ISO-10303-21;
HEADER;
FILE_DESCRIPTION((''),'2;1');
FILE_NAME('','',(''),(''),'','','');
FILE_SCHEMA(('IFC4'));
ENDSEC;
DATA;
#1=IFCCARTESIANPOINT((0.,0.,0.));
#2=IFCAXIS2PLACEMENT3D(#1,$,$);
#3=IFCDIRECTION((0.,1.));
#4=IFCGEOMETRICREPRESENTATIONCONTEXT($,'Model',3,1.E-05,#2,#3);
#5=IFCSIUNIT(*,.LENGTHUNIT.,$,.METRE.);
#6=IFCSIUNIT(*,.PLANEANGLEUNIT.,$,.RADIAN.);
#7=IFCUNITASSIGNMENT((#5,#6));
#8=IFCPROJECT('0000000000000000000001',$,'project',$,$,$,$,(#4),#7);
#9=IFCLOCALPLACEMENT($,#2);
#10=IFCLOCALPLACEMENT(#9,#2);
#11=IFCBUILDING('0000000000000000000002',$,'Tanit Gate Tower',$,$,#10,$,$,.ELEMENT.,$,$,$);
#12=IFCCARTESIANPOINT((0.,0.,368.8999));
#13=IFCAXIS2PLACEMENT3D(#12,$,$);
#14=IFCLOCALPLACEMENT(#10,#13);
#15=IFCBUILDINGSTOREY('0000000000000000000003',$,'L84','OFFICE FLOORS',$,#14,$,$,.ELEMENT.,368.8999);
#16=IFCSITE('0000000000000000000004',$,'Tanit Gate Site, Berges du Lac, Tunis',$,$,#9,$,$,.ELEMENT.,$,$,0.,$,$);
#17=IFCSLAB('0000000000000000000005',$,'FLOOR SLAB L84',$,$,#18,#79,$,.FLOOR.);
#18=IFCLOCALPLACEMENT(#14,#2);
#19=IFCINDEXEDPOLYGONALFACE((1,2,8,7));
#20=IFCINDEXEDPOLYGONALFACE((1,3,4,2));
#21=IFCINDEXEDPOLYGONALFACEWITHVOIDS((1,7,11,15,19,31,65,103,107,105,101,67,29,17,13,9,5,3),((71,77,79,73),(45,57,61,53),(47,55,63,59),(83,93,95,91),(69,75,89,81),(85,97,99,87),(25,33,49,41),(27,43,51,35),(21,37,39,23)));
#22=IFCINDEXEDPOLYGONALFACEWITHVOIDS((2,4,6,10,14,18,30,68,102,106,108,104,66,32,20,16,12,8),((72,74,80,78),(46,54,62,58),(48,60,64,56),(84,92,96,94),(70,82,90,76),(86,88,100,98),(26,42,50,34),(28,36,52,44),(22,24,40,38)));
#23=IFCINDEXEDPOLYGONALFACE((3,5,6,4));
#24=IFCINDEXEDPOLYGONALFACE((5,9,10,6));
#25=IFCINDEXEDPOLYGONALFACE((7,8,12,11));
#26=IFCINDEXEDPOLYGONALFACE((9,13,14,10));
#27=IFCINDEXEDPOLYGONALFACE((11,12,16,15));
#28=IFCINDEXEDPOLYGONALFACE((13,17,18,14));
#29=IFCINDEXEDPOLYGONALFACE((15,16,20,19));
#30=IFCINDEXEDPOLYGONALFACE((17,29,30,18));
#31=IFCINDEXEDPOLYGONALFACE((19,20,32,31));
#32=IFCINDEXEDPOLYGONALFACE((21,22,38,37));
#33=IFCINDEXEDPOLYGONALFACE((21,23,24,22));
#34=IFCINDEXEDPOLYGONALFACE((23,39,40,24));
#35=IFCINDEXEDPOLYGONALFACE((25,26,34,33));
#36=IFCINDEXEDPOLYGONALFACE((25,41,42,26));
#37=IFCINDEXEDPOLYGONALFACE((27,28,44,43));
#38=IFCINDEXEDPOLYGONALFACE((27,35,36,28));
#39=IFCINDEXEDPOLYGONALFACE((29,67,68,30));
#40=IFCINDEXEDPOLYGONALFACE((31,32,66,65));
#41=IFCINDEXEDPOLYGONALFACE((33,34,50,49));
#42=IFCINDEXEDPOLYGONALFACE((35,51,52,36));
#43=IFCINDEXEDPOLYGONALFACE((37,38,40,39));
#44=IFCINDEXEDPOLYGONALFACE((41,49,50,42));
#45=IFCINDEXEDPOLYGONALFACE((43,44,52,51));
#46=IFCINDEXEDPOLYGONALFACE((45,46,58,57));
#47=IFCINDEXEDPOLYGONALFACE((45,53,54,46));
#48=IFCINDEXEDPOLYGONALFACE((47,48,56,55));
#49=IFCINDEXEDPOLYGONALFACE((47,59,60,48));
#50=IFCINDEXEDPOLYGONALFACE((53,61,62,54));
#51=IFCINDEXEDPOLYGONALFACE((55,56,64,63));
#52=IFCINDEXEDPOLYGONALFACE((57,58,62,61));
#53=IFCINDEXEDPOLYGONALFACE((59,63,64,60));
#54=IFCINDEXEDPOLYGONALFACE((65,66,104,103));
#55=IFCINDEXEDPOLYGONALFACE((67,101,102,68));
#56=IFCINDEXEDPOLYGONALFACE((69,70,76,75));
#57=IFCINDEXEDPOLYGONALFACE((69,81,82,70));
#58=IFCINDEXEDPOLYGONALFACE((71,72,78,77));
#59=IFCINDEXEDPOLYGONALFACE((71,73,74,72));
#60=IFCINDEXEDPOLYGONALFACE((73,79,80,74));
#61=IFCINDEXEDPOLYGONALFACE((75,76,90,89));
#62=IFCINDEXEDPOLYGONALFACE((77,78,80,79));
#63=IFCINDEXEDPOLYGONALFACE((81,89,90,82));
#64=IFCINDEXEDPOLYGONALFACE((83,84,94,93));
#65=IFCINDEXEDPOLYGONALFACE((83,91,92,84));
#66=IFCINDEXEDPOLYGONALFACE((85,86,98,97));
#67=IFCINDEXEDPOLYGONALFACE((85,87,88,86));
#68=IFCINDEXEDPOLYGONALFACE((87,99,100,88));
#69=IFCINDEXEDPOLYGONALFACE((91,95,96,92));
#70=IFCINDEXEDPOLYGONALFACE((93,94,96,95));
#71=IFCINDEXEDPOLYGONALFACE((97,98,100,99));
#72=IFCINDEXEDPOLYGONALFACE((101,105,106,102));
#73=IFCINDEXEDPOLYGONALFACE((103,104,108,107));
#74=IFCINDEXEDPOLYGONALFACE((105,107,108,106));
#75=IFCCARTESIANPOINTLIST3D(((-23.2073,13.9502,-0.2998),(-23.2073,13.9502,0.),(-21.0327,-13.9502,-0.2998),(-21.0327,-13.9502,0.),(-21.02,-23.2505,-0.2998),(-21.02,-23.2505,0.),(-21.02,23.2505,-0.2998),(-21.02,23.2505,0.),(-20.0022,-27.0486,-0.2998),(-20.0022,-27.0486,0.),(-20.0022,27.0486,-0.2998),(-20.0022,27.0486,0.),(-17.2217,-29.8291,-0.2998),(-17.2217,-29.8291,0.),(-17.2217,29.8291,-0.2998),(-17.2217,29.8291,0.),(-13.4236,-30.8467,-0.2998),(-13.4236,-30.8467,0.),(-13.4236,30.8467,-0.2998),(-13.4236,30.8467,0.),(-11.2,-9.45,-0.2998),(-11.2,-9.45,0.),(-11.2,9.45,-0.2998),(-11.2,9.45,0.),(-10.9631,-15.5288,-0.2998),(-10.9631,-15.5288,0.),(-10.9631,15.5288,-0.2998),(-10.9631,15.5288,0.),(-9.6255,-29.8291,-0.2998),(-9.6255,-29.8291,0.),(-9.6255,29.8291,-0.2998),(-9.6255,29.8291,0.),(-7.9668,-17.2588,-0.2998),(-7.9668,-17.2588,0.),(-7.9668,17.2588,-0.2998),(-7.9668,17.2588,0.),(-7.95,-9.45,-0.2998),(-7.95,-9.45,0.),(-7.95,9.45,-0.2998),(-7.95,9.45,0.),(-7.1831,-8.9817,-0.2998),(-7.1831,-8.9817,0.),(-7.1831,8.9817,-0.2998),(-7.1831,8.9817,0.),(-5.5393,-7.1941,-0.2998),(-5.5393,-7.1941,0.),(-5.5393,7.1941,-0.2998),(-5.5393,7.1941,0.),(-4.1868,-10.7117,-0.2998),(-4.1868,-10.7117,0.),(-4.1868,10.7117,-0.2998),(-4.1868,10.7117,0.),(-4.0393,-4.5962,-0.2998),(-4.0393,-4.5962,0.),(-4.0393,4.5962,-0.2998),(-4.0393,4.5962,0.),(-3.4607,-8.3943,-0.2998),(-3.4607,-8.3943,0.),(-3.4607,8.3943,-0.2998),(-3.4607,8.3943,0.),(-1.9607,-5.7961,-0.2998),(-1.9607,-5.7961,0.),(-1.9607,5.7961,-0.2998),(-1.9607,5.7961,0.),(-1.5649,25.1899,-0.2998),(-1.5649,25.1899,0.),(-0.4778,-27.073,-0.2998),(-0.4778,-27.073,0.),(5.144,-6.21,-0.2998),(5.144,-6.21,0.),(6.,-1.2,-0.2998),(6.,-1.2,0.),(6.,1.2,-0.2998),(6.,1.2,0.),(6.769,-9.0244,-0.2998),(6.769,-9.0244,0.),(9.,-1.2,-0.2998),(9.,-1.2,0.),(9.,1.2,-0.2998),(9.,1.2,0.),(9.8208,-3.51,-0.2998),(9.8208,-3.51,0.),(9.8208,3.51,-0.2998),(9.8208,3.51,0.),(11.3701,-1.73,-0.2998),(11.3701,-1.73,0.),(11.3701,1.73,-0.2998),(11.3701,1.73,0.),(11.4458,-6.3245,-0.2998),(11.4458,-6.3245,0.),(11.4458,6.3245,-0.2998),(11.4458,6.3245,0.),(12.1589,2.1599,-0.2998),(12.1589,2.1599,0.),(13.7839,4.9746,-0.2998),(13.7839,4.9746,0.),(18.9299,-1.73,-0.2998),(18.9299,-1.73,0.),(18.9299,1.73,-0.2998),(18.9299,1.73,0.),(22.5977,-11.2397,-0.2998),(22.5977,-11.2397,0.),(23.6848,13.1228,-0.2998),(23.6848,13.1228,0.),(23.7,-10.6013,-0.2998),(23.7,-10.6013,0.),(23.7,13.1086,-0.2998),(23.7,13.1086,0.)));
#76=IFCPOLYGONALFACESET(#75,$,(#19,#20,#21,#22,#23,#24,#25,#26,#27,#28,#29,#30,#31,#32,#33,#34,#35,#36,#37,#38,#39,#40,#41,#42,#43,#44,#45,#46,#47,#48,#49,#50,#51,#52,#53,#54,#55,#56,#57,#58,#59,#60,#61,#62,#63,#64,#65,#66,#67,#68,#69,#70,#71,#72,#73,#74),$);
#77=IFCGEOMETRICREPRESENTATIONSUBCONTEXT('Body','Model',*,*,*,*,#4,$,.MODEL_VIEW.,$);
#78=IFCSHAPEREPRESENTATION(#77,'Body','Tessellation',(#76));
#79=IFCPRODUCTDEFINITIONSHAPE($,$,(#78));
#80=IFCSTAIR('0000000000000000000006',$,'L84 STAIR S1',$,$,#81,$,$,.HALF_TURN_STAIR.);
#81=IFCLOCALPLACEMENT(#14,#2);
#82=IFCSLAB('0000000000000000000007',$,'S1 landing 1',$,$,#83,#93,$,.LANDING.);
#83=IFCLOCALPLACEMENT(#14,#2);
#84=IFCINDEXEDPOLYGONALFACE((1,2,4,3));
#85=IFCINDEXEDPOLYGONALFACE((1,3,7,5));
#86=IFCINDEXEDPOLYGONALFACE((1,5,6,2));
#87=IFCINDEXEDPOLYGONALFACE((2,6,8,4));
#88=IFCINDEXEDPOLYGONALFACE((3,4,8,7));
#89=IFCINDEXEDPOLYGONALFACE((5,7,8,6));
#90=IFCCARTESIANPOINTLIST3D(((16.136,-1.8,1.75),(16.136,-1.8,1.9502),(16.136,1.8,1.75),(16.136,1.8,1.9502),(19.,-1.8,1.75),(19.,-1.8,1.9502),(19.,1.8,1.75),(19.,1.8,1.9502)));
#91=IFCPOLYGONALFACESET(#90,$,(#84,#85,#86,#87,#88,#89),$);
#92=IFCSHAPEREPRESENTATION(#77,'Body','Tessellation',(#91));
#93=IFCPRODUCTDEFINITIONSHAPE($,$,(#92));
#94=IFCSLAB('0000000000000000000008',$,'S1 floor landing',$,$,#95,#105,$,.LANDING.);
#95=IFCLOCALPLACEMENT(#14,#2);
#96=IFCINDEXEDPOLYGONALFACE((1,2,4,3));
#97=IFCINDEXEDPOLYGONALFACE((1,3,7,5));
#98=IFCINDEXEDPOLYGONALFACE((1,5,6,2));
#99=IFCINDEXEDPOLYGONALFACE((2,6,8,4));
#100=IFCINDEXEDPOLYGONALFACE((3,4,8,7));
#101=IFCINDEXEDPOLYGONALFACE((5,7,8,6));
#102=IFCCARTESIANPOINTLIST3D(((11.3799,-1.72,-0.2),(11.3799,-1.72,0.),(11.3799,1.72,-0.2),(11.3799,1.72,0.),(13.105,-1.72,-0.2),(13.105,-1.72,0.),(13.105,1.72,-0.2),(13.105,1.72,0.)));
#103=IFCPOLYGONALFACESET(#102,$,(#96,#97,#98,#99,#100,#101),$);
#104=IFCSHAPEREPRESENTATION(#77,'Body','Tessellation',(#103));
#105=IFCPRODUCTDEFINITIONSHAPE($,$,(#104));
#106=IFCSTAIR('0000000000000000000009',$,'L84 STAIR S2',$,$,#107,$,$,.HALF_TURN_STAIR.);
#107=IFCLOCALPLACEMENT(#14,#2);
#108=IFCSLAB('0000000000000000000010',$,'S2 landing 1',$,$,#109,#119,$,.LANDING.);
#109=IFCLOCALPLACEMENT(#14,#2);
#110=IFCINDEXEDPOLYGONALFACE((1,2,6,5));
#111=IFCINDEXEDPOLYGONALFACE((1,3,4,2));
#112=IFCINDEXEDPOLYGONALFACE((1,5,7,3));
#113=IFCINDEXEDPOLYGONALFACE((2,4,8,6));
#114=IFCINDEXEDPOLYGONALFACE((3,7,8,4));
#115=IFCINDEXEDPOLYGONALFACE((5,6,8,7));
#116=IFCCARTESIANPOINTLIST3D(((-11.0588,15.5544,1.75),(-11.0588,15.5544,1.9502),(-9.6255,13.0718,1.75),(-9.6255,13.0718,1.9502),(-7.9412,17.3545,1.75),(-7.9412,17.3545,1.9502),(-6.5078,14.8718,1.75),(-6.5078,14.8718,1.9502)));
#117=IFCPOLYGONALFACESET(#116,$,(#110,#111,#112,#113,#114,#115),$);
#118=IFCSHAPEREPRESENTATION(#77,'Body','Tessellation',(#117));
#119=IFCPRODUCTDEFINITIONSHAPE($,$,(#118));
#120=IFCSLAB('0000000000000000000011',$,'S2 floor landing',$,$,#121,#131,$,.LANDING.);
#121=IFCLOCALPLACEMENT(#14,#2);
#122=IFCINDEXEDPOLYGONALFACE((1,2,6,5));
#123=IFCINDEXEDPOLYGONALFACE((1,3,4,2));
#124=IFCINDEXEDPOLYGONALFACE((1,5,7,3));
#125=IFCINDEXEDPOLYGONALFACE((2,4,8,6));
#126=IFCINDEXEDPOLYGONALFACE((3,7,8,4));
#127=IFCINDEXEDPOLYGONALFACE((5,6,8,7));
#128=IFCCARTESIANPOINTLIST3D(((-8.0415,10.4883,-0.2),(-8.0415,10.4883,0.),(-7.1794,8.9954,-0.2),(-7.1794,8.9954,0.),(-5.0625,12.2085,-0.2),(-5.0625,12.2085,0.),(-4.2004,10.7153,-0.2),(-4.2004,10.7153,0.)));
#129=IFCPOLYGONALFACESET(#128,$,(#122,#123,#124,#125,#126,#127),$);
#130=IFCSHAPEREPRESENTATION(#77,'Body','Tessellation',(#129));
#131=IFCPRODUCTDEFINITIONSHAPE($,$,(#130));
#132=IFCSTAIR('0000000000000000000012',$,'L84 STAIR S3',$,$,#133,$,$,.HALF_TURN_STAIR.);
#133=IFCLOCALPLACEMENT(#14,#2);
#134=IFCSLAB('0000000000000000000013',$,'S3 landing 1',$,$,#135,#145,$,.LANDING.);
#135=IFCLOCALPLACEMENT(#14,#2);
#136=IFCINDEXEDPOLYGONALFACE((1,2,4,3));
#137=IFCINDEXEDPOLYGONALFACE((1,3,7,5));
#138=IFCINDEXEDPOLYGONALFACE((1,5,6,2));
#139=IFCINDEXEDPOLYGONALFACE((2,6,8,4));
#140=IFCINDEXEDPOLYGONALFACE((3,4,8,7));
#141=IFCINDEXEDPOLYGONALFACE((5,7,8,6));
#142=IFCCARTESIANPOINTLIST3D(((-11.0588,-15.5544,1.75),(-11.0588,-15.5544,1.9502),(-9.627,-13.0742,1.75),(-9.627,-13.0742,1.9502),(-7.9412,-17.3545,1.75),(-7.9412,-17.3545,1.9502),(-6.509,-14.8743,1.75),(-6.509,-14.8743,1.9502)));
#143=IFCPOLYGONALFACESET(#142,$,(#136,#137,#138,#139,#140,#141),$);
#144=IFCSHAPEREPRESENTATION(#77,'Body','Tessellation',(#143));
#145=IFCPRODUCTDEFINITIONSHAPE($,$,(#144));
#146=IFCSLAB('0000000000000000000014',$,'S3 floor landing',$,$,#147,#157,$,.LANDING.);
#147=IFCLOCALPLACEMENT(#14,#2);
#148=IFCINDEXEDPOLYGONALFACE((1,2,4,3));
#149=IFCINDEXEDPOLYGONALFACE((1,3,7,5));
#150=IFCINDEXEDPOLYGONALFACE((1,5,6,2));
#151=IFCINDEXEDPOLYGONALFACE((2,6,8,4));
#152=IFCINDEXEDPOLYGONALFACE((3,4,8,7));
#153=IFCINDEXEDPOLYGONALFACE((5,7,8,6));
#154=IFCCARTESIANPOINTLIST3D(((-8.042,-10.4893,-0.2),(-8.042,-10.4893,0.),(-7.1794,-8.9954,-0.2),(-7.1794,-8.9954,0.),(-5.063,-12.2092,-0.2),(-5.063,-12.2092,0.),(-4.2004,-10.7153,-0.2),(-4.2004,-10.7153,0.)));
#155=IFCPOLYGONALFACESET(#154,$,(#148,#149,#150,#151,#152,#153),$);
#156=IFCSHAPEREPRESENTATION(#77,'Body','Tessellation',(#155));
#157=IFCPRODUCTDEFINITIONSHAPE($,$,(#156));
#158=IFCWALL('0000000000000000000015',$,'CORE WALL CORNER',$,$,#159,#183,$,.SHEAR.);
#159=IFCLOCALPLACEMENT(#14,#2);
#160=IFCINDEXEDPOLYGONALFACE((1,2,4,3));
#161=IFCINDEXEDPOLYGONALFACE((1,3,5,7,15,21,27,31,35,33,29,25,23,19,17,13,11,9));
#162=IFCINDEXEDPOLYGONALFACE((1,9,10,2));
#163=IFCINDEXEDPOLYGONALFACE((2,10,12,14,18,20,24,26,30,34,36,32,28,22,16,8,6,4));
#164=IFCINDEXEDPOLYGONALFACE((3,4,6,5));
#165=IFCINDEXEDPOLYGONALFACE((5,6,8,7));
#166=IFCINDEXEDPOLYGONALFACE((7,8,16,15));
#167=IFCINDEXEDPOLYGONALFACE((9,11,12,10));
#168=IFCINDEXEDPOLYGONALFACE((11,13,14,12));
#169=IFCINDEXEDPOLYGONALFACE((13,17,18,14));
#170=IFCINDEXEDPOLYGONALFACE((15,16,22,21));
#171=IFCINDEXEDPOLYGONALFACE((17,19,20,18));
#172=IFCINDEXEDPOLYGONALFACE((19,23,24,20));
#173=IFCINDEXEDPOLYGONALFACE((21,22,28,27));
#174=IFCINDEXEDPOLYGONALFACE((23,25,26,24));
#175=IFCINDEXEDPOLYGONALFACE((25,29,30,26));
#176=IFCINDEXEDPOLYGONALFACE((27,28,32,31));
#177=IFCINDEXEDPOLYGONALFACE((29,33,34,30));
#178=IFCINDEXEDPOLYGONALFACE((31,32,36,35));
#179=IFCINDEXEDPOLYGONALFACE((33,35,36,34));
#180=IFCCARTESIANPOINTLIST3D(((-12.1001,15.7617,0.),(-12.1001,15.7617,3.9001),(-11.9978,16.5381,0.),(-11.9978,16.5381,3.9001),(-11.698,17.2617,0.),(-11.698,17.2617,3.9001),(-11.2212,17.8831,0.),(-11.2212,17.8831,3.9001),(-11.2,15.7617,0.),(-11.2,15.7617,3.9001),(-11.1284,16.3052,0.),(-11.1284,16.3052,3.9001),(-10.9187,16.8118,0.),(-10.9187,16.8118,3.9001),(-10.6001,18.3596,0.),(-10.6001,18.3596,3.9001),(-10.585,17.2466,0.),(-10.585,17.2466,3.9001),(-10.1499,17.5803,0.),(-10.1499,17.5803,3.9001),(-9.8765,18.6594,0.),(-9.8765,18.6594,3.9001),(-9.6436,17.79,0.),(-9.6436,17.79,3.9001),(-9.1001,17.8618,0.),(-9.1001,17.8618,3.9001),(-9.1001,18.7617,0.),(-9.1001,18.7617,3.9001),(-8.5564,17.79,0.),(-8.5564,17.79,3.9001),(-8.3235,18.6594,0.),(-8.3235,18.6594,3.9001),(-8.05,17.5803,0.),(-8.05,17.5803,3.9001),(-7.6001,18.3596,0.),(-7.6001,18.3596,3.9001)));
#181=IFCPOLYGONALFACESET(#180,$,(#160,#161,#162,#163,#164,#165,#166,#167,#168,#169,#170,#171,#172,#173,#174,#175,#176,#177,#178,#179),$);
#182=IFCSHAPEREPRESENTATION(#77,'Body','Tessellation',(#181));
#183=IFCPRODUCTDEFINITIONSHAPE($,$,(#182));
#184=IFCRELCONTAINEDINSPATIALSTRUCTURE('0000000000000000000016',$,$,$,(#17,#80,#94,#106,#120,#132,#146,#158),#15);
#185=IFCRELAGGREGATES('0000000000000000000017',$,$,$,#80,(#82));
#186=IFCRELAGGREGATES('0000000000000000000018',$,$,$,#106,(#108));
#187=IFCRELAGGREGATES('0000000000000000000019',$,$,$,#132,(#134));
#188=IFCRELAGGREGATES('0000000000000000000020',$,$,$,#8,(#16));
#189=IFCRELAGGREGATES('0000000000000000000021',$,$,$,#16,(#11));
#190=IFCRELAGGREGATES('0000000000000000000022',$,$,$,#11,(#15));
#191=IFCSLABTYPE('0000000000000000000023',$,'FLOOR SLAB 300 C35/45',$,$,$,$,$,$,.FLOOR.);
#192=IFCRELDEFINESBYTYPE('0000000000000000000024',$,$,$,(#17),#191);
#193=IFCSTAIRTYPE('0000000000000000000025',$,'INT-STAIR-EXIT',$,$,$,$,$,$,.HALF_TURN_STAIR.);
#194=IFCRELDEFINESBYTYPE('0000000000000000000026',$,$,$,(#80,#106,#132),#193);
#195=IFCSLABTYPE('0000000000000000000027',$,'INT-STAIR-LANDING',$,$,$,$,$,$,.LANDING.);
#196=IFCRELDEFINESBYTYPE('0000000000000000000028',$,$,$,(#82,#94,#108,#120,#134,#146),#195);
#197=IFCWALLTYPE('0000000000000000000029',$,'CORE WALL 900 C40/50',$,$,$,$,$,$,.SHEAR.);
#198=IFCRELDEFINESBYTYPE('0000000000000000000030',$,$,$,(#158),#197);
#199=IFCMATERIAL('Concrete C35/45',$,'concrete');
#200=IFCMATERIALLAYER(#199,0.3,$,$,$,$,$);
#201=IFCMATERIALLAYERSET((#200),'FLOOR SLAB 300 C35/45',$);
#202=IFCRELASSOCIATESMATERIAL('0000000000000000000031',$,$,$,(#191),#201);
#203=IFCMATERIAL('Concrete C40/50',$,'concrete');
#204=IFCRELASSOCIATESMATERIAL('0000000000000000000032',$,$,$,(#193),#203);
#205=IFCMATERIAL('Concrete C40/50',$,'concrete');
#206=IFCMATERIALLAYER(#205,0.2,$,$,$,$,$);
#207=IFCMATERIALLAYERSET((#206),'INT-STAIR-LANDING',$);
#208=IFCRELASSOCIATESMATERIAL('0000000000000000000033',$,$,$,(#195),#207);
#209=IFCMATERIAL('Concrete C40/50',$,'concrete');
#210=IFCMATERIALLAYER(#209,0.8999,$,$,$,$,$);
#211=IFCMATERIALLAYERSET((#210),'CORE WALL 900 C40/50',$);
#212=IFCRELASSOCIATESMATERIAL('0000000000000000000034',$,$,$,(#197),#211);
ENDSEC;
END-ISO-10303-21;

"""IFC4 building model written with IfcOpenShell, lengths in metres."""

from ifc_helpers import new_model, si_unit, direction, frame, origin, place, context, subcontext, project, spatial, polyline, outline, extrude, material, layer, layer_set, type_object, element, aggregate, save


model = new_model("IFC4")

# Units and contexts
model_context = context("Model", 3, precision=1e-05, world=origin(), true_north=direction((0.0, 1.0)))
body_context = subcontext(model_context, "Body", "Model", "MODEL_VIEW")
ifc_project = project(units=[si_unit("LENGTHUNIT", "METRE"), si_unit("PLANEANGLEUNIT", "RADIAN")], contexts=[model_context])

# Site, building, storey
site_placement = place(None, origin())
site = spatial("IfcSite", under=ifc_project, at=site_placement, Name="Tanit Gate Site, Berges du Lac, Tunis", CompositionType="ELEMENT", RefElevation=0.0)
building_placement = place(site_placement, origin())
building = spatial("IfcBuilding", under=site, at=building_placement, Name="Tanit Gate Tower", CompositionType="ELEMENT")
storey_placement = place(building_placement, frame((0.0, 0.0, 368.8999)))
storey = spatial("IfcBuildingStorey", under=building, at=storey_placement, Name="L84", Description="OFFICE FLOORS", CompositionType="ELEMENT", Elevation=368.8999)

# Slab
ifc_material_1 = material(Name="Concrete C35/45", Category="concrete")
ifc_layer_1 = layer(ifc_material_1, 0.3)
ifc_layer_set_1 = layer_set([ifc_layer_1], Name="FLOOR SLAB 300 C35/45")
slab_type_1 = type_object("IfcSlabType", Name="FLOOR SLAB 300 C35/45", PredefinedType="FLOOR", material=ifc_layer_set_1)
slab_1_placement = place(storey_placement, frame((0.0, 0.0, -0.2998)))
element("IfcSlab", 1, at=slab_1_placement, inside=storey, type_object=slab_type_1, Name="FLOOR SLAB L84", PredefinedType="FLOOR", context=body_context, shape_type="SweptSolid", body=[
    extrude(outline(polyline([(22.5977, -11.2397), (-0.4778, -27.073), (-9.6255, -29.8291), (-13.4236, -30.8467), (-17.2217, -29.8291), (-20.0022, -27.0486), (-21.02, -23.2505), (-21.0327, -13.9502), (-23.2073, 13.9502), (-21.02, 23.2505), (-20.0022, 27.0486), (-17.2217, 29.8291), (-13.4236, 30.8467), (-9.6255, 29.8291), (-1.5649, 25.1899), (23.6848, 13.1228), (30.6455, 6.5786), (23.7, 13.1086), (23.7, -10.6013), (30.6455, -6.5786), (22.5977, -11.2397)]), holes=[polyline([(11.3701, 1.73), (18.9299, 1.73), (18.9299, -1.73), (11.3701, -1.73), (11.3701, 1.73)]), polyline([(12.1589, 2.1599), (9.8208, 3.51), (11.4458, 6.3245), (13.7839, 4.9746), (12.1589, 2.1599)]), polyline([(11.4458, -6.3245), (6.769, -9.0244), (5.144, -6.21), (9.8208, -3.51), (11.4458, -6.3245)]), polyline([(6.0, 1.2), (9.0, 1.2), (9.0, -1.2), (6.0, -1.2), (6.0, 1.2)]), polyline([(-4.0393, 4.5962), (-5.5393, 7.1941), (-3.4607, 8.3943), (-1.9607, 5.7961), (-4.0393, 4.5962)]), polyline([(-1.9607, -5.7961), (-3.4607, -8.3943), (-5.5393, -7.1941), (-4.0393, -4.5962), (-1.9607, -5.7961)]), polyline([(-7.1831, 8.9817), (-10.9631, 15.5288), (-7.9668, 17.2588), (-4.1868, 10.7117), (-7.1831, 8.9817)]), polyline([(-4.1868, -10.7117), (-7.9668, -17.2588), (-10.9631, -15.5288), (-7.1831, -8.9817), (-4.1868, -10.7117)]), polyline([(-11.2, -9.45), (-11.2, 9.45), (-7.95, 9.45), (-7.95, -9.45), (-11.2, -9.45)])]), origin(), (0.0, 0.0, 1.0), 0.2998),
])

# Stair, slab
ifc_material_2 = material(Name="Concrete C40/50", Category="concrete")
stair_type = type_object("IfcStairType", Name="INT-STAIR-EXIT", PredefinedType="HALF_TURN_STAIR", material=ifc_material_2)
stair_1_placement = place(storey_placement, origin())
stair_1 = element("IfcStair", 2, at=stair_1_placement, inside=storey, type_object=stair_type, Name="L84 STAIR S1", PredefinedType="HALF_TURN_STAIR")
ifc_material_3 = material(Name="Concrete C40/50", Category="concrete")
ifc_layer_2 = layer(ifc_material_3, 0.2)
ifc_layer_set_2 = layer_set([ifc_layer_2], Name="INT-STAIR-LANDING")
slab_type_2 = type_object("IfcSlabType", Name="INT-STAIR-LANDING", PredefinedType="LANDING", material=ifc_layer_set_2)
slab_2_placement = place(storey_placement, frame((0.0, 0.0, 1.75)))
slab_2 = element("IfcSlab", 3, at=slab_2_placement, type_object=slab_type_2, Name="S1 landing 1", PredefinedType="LANDING", context=body_context, shape_type="SweptSolid", body=[
    extrude(outline(polyline([(16.136, -1.8), (19.0, -1.8), (19.0, 1.8), (16.136, 1.8), (16.136, -1.8)])), origin(), (0.0, 0.0, 1.0), 0.2002),
])
aggregate(stair_1, [slab_2])

# Slab
slab_3_placement = place(storey_placement, frame((0.0, 0.0, -0.2)))
element("IfcSlab", 4, at=slab_3_placement, inside=storey, type_object=slab_type_2, Name="S1 floor landing", PredefinedType="LANDING", context=body_context, shape_type="SweptSolid", body=[
    extrude(outline(polyline([(11.3799, -1.72), (13.105, -1.72), (13.105, 1.72), (11.3799, 1.72), (11.3799, -1.72)])), origin(), (0.0, 0.0, 1.0), 0.2),
])

# Stair, slab
stair_2_placement = place(storey_placement, origin())
stair_2 = element("IfcStair", 5, at=stair_2_placement, inside=storey, type_object=stair_type, Name="L84 STAIR S2", PredefinedType="HALF_TURN_STAIR")
slab_4_placement = place(storey_placement, frame((0.0, 0.0, 1.75)))
slab_4 = element("IfcSlab", 6, at=slab_4_placement, type_object=slab_type_2, Name="S2 landing 1", PredefinedType="LANDING", context=body_context, shape_type="SweptSolid", body=[
    extrude(outline(polyline([(-6.5078, 14.8718), (-7.9412, 17.3545), (-11.0588, 15.5544), (-9.6255, 13.0718), (-6.5078, 14.8718)])), origin(), (0.0, 0.0, 1.0), 0.2002),
])
aggregate(stair_2, [slab_4])

# Slab
slab_5_placement = place(storey_placement, frame((0.0, 0.0, -0.2)))
element("IfcSlab", 7, at=slab_5_placement, inside=storey, type_object=slab_type_2, Name="S2 floor landing", PredefinedType="LANDING", context=body_context, shape_type="SweptSolid", body=[
    extrude(outline(polyline([(-4.2004, 10.7153), (-5.0625, 12.2085), (-8.0415, 10.4883), (-7.1794, 8.9954), (-4.2004, 10.7153)])), origin(), (0.0, 0.0, 1.0), 0.2),
])

# Stair, slab
stair_3_placement = place(storey_placement, origin())
stair_3 = element("IfcStair", 8, at=stair_3_placement, inside=storey, type_object=stair_type, Name="L84 STAIR S3", PredefinedType="HALF_TURN_STAIR")
slab_6_placement = place(storey_placement, frame((0.0, 0.0, 1.75)))
slab_6 = element("IfcSlab", 9, at=slab_6_placement, type_object=slab_type_2, Name="S3 landing 1", PredefinedType="LANDING", context=body_context, shape_type="SweptSolid", body=[
    extrude(outline(polyline([(-9.627, -13.0742), (-11.0588, -15.5544), (-7.9412, -17.3545), (-6.509, -14.8743), (-9.627, -13.0742)])), origin(), (0.0, 0.0, 1.0), 0.2002),
])
aggregate(stair_3, [slab_6])

# Slab
slab_7_placement = place(storey_placement, frame((0.0, 0.0, -0.2)))
element("IfcSlab", 10, at=slab_7_placement, inside=storey, type_object=slab_type_2, Name="S3 floor landing", PredefinedType="LANDING", context=body_context, shape_type="SweptSolid", body=[
    extrude(outline(polyline([(-7.1794, -8.9954), (-8.042, -10.4893), (-5.063, -12.2092), (-4.2004, -10.7153), (-7.1794, -8.9954)])), origin(), (0.0, 0.0, 1.0), 0.2),
])

# Wall
ifc_material_4 = material(Name="Concrete C40/50", Category="concrete")
ifc_layer_3 = layer(ifc_material_4, 0.8999)
ifc_layer_set_3 = layer_set([ifc_layer_3], Name="CORE WALL 900 C40/50")
wall_type_1 = type_object("IfcWallType", Name="CORE WALL 900 C40/50", PredefinedType="SHEAR", material=ifc_layer_set_3)
wall_1_placement = place(storey_placement, origin())
element("IfcWall", 11, at=wall_1_placement, inside=storey, type_object=wall_type_1, Name="CORE WALL CORNER", PredefinedType="SHEAR", context=body_context, shape_type="SweptSolid", body=[
    extrude(outline(polyline([(-7.6001, 18.3596), (-8.3235, 18.6594), (-9.1001, 18.7617), (-9.8765, 18.6594), (-10.6001, 18.3596), (-11.2212, 17.8831), (-11.698, 17.2617), (-11.9978, 16.5381), (-12.1001, 15.7617), (-11.2, 15.7617), (-11.1284, 16.3052), (-10.9187, 16.8118), (-10.585, 17.2466), (-10.1499, 17.5803), (-9.6436, 17.79), (-9.1001, 17.8618), (-8.5564, 17.79), (-8.05, 17.5803), (-7.6001, 18.3596)])), origin(), (0.0, 0.0, 1.0), 3.9001),
])

save(model, "model.ifc")
